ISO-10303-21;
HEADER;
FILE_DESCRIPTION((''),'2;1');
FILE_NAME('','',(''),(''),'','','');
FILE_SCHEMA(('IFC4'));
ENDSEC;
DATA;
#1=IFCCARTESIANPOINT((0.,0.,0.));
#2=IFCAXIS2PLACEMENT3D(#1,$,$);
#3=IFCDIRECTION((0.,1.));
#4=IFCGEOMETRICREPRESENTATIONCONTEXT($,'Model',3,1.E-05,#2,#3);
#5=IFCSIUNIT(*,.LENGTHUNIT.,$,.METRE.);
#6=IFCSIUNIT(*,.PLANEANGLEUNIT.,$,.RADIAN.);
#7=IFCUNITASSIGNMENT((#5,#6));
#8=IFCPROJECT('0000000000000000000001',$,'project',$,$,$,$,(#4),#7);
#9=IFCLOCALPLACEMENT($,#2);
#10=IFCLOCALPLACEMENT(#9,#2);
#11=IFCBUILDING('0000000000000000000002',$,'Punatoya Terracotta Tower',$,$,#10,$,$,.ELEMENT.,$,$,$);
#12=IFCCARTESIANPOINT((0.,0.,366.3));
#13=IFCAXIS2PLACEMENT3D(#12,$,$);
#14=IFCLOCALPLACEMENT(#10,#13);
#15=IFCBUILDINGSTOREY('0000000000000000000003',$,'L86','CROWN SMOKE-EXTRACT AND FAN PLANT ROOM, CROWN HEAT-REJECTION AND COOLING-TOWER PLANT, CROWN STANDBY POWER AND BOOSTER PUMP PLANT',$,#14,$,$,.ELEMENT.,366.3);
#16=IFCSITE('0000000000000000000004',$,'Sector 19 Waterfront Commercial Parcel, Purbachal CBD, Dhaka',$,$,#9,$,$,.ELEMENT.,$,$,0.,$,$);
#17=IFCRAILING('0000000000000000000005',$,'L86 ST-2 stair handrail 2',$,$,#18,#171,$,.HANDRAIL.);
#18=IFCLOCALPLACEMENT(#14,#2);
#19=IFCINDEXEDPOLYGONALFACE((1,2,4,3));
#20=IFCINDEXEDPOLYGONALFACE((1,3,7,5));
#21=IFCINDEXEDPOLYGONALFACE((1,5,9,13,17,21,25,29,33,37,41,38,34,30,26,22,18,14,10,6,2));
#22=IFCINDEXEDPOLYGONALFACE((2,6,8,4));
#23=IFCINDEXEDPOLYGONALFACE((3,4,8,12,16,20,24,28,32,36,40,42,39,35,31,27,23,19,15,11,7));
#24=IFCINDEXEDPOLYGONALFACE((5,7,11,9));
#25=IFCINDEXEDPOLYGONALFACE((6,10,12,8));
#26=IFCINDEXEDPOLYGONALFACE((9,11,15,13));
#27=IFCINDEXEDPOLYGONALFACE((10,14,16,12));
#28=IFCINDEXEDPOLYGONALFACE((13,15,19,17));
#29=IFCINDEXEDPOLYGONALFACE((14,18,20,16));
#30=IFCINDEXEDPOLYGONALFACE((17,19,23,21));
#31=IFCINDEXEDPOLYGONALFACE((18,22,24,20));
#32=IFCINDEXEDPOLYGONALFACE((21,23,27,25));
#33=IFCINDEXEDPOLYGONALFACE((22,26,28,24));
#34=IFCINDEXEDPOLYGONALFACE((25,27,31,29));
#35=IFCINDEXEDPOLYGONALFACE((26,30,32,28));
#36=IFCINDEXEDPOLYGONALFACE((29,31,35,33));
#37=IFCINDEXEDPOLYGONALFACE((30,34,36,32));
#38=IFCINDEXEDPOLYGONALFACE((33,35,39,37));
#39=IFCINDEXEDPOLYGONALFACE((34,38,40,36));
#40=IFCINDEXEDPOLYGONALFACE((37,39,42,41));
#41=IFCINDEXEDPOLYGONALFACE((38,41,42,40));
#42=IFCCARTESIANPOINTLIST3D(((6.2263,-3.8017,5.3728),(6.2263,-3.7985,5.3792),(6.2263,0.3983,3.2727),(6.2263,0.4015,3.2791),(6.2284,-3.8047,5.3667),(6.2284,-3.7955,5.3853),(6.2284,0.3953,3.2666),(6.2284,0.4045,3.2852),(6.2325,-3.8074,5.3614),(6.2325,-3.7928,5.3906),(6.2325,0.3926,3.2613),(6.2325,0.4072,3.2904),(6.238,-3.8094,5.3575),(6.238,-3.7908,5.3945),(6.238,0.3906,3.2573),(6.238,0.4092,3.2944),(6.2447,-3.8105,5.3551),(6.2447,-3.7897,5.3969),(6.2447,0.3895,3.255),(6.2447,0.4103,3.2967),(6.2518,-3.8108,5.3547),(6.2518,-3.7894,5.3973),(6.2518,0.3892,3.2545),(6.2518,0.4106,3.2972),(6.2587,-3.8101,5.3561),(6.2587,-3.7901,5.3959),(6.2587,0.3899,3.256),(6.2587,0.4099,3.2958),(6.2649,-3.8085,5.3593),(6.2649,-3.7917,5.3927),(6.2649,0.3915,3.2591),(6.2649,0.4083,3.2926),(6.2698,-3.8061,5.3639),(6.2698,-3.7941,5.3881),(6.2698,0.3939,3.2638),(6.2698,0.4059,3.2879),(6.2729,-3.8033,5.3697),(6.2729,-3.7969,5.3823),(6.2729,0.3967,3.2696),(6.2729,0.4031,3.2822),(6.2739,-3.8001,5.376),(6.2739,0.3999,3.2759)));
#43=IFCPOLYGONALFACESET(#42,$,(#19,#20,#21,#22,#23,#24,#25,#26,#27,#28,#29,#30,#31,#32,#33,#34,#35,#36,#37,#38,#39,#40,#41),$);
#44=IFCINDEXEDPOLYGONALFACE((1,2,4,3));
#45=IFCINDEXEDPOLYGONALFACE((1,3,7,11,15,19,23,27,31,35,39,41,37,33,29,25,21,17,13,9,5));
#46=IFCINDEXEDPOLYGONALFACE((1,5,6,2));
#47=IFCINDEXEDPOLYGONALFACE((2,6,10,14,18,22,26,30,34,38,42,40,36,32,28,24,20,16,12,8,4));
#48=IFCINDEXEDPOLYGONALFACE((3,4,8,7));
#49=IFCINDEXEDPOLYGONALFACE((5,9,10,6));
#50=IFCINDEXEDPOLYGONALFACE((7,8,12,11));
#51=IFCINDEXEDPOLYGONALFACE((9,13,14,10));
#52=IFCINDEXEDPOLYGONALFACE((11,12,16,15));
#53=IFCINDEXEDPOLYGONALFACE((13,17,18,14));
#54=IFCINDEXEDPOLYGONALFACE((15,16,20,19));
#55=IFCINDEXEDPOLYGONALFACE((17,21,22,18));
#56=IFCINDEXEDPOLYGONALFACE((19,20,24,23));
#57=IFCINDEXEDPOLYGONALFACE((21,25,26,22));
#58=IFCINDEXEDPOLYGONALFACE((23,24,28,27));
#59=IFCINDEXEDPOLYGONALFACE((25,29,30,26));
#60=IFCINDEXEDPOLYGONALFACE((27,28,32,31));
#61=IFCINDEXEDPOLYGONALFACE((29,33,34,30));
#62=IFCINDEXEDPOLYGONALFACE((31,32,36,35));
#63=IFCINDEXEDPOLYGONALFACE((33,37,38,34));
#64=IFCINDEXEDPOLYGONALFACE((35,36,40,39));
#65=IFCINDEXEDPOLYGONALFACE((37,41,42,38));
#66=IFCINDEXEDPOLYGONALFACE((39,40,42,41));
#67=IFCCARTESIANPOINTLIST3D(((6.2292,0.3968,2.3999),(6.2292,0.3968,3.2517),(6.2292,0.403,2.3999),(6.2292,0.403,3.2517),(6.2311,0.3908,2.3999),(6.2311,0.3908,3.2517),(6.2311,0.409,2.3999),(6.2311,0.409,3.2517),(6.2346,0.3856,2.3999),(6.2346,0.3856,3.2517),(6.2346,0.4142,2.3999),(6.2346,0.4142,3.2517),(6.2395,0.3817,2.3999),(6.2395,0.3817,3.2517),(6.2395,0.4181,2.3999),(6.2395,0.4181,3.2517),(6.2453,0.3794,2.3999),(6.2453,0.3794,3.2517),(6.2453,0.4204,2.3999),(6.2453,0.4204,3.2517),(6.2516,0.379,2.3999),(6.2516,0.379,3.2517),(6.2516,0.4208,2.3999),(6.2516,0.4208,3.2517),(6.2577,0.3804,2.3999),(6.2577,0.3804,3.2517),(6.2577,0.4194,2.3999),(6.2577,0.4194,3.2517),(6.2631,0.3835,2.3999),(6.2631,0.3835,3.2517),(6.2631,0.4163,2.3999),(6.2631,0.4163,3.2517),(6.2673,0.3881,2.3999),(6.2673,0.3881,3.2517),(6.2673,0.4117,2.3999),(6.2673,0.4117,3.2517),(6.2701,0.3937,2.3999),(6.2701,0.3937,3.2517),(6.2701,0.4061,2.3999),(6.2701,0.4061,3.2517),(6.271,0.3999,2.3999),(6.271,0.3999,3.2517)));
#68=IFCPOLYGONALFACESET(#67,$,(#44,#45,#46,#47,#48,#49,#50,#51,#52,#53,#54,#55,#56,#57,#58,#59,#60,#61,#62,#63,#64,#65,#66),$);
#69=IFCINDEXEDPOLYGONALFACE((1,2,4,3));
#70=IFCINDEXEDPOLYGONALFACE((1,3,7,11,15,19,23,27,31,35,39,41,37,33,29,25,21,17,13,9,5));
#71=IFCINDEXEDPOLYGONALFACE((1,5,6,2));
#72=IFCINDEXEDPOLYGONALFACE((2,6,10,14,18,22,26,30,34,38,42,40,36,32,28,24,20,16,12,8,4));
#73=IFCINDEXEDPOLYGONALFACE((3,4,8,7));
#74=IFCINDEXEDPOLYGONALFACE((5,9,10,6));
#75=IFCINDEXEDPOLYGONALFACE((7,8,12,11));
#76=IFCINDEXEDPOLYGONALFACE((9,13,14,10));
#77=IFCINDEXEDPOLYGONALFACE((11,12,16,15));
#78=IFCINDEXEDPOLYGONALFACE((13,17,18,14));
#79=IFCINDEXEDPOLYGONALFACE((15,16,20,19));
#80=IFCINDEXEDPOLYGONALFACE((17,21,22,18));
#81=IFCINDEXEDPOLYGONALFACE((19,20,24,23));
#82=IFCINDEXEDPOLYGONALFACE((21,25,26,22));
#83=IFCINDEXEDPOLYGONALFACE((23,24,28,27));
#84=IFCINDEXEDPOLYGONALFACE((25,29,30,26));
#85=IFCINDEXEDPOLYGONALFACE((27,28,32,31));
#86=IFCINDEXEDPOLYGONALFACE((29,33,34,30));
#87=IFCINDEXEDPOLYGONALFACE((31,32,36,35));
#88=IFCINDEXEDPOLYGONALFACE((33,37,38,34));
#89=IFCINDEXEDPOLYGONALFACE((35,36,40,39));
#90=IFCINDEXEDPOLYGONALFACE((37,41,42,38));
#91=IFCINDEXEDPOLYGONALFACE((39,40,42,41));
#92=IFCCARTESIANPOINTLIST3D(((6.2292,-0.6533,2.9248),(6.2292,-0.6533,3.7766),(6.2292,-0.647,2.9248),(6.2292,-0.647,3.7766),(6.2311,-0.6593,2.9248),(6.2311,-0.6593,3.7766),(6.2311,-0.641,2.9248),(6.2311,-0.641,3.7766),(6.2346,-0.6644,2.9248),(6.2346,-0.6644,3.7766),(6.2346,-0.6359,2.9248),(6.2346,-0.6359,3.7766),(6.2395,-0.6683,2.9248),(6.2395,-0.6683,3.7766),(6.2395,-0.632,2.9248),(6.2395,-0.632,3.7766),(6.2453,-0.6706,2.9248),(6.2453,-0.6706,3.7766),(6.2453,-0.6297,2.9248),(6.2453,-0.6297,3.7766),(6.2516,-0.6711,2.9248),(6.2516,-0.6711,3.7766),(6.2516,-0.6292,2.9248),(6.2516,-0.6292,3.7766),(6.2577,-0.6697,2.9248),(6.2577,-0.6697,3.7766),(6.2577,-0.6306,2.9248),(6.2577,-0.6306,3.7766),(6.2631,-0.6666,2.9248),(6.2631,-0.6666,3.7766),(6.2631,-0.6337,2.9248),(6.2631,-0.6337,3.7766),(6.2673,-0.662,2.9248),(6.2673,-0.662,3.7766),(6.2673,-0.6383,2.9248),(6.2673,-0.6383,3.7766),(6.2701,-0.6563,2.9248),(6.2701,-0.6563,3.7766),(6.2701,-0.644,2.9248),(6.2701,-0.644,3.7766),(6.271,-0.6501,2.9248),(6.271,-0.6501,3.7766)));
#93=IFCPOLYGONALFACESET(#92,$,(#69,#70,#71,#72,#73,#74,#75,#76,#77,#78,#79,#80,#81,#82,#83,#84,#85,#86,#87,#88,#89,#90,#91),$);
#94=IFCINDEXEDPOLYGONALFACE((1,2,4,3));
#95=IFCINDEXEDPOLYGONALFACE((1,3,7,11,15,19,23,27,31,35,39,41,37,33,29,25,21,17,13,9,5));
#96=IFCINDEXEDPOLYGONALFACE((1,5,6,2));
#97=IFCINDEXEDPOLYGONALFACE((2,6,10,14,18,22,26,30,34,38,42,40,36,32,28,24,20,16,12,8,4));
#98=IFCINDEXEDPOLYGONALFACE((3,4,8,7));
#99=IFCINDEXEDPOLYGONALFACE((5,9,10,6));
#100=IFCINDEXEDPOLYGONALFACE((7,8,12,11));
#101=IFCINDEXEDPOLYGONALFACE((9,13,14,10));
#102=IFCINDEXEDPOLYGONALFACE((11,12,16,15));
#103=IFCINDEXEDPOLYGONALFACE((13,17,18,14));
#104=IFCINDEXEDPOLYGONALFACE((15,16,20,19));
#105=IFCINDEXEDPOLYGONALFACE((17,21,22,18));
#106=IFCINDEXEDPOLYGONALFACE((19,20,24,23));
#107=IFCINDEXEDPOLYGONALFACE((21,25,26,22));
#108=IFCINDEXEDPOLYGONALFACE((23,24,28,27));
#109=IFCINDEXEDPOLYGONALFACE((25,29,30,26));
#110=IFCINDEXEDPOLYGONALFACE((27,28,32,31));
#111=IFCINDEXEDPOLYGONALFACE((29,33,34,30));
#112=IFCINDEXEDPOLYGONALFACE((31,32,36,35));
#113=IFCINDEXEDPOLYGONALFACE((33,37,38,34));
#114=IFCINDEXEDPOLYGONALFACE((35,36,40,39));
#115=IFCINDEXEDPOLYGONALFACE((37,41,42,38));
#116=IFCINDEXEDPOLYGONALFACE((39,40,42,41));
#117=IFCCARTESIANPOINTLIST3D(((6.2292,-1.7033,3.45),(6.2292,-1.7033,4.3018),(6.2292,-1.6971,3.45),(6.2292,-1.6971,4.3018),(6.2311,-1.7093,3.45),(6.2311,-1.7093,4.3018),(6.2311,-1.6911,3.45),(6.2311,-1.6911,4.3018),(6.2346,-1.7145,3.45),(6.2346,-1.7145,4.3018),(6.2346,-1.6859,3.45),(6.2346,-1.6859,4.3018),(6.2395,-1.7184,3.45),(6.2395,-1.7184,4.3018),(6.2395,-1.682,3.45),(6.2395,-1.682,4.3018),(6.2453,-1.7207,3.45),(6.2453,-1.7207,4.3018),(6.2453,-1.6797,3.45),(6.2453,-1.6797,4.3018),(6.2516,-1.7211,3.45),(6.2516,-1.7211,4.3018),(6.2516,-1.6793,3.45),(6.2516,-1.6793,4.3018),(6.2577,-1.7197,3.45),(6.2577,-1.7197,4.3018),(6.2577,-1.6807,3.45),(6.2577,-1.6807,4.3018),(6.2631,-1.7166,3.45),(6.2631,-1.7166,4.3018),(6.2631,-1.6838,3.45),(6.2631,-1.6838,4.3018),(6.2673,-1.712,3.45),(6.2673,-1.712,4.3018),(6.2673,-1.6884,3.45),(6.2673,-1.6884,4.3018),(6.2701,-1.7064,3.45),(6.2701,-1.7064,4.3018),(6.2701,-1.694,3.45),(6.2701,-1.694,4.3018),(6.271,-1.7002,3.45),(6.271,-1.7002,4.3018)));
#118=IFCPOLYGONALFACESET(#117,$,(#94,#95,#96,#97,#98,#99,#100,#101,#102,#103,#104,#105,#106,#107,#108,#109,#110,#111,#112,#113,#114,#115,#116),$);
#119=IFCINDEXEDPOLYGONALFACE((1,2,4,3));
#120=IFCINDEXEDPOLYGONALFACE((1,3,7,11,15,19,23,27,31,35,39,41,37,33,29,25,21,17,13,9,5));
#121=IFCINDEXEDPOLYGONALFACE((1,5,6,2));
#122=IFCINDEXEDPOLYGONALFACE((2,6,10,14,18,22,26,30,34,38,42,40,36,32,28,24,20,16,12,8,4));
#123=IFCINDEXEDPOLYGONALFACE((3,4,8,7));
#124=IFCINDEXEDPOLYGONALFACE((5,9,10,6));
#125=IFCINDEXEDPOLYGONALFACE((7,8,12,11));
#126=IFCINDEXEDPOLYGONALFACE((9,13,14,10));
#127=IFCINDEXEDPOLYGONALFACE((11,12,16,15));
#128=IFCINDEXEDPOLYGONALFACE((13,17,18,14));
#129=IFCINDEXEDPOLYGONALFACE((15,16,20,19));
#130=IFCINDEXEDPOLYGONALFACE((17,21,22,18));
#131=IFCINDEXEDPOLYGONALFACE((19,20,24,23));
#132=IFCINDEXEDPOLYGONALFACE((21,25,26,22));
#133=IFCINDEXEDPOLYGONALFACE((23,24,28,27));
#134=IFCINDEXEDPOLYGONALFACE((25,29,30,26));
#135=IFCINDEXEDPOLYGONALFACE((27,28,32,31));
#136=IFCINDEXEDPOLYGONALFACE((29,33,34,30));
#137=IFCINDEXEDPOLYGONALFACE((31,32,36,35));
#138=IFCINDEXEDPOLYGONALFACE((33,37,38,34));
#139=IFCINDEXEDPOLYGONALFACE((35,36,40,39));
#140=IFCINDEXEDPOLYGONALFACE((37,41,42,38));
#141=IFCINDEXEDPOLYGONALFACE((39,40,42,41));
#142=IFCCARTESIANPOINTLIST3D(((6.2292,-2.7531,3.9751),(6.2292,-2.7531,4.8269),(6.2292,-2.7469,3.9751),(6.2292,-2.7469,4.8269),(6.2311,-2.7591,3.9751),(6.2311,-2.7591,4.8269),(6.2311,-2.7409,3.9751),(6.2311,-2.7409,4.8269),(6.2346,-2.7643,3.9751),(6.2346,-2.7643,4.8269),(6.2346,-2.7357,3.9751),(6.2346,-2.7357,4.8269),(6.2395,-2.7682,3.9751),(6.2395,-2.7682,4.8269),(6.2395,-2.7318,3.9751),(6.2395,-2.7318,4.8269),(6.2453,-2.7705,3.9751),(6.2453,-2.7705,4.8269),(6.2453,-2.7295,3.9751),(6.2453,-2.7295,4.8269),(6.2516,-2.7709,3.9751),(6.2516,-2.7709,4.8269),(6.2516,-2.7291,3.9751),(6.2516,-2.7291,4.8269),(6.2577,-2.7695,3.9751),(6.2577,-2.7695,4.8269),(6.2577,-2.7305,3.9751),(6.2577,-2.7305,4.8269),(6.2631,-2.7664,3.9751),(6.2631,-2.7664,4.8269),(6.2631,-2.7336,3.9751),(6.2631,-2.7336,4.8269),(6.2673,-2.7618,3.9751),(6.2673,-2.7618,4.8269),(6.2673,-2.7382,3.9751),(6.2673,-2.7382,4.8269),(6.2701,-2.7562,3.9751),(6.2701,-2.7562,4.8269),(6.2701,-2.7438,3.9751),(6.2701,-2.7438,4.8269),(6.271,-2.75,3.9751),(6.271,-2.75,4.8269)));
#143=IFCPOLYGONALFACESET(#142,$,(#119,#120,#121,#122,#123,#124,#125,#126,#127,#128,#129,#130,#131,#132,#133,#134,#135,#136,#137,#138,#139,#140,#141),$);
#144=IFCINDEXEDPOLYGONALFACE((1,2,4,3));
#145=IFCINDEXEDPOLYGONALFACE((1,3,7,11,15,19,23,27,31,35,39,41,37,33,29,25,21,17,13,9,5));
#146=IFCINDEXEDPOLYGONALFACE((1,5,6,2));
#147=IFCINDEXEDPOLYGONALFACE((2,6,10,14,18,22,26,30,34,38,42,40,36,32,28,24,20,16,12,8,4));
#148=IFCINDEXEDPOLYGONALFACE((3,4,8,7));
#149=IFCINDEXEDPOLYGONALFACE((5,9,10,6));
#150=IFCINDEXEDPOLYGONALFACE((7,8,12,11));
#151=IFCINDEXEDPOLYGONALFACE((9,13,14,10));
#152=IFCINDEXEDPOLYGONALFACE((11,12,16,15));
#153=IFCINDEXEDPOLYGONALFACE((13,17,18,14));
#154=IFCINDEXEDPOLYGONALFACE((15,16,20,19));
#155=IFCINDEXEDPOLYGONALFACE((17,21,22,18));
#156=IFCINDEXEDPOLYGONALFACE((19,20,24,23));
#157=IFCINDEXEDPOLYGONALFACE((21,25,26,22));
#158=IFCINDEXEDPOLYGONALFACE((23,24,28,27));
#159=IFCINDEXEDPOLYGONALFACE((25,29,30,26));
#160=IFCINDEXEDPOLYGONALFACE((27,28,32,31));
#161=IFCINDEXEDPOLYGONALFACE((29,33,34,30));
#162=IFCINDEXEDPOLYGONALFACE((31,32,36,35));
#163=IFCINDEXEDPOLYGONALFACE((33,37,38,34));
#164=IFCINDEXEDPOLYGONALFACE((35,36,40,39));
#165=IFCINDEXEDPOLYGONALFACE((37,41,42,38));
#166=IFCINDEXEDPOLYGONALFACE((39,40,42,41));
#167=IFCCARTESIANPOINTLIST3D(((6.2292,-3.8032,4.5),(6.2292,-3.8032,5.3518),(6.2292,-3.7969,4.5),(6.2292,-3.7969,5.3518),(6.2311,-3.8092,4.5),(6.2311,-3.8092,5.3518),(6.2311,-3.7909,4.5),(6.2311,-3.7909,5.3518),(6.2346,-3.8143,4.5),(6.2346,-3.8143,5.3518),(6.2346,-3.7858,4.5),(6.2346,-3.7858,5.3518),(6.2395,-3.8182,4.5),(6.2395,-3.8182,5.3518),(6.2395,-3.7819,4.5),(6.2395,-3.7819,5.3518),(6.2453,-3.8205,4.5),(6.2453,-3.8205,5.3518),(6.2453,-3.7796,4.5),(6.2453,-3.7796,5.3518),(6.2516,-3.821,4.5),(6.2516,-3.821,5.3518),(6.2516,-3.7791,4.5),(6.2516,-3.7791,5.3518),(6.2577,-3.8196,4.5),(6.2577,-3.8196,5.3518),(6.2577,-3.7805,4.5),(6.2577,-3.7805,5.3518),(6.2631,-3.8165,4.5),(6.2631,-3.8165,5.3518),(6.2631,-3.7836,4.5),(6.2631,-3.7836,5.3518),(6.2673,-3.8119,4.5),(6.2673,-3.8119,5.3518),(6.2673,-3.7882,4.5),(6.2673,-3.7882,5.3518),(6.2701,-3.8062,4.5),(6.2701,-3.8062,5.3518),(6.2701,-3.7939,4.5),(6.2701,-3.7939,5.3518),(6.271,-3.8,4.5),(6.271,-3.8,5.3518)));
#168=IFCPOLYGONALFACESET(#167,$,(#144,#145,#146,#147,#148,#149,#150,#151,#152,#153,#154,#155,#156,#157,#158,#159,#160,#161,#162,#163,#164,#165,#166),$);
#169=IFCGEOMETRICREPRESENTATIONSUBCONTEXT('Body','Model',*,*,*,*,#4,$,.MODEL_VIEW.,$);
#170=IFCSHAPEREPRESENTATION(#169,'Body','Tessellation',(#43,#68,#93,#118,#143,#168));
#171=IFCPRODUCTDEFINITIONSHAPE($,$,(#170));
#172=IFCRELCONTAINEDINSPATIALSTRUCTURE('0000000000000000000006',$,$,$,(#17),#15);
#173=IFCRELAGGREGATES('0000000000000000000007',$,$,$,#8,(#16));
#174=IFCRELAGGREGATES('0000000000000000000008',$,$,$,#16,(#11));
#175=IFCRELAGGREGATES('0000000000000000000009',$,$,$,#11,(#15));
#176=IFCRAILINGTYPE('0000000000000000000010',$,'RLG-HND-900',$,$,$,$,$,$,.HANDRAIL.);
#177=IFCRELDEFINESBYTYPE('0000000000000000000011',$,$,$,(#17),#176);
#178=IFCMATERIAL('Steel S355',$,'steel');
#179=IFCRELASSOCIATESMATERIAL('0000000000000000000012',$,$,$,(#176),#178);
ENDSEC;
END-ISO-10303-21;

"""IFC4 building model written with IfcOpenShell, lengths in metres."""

from ifc_helpers import new_model, si_unit, direction, frame, origin, origin_2d, place, context, subcontext, project, spatial, circle, extrude, material, type_object, element, save


model = new_model("IFC4")

# Units and contexts
model_context = context("Model", 3, precision=1e-05, world=origin(), true_north=direction((0.0, 1.0)))
body_context = subcontext(model_context, "Body", "Model", "MODEL_VIEW")
ifc_project = project(units=[si_unit("LENGTHUNIT", "METRE"), si_unit("PLANEANGLEUNIT", "RADIAN")], contexts=[model_context])

# Site, building, storey
site_placement = place(None, origin())
site = spatial("IfcSite", under=ifc_project, at=site_placement, Name="Sector 19 Waterfront Commercial Parcel, Purbachal CBD, Dhaka", CompositionType="ELEMENT", RefElevation=0.0)
building_placement = place(site_placement, origin())
building = spatial("IfcBuilding", under=site, at=building_placement, Name="Punatoya Terracotta Tower", CompositionType="ELEMENT")
storey_placement = place(building_placement, frame((0.0, 0.0, 366.3)))
storey = spatial("IfcBuildingStorey", under=building, at=storey_placement, Name="L86", Description="CROWN SMOKE-EXTRACT AND FAN PLANT ROOM, CROWN HEAT-REJECTION AND COOLING-TOWER PLANT, CROWN STANDBY POWER AND BOOSTER PUMP PLANT", CompositionType="ELEMENT", Elevation=366.3)

# Shared definitions
ifc_material_1 = material(Name="Steel S355", Category="steel")

# Railing
railing_type_1 = type_object("IfcRailingType", Name="RLG-HND-900", PredefinedType="HANDRAIL", material=ifc_material_1)
railing_1_placement = place(storey_placement, frame((6.25, 0.3999, 2.3999)))
element("IfcRailing", 1, at=railing_1_placement, inside=storey, type_object=railing_type_1, Name="L86 ST-2 stair handrail 2", PredefinedType="HANDRAIL", context=body_context, shape_type="SweptSolid", body=[
    extrude(circle(Radius=0.0239, at=origin_2d()), frame((0.0, 0.0, 0.876), z_axis=(0.0, -0.894417, 0.447234), x_axis=(1.0, 0.0, 0.0)), (0.0, 0.0, 1.0), 4.6958),
    extrude(circle(Radius=0.021, at=origin_2d()), origin(), (0.0, 0.0, 1.0), 0.8518),
    extrude(circle(Radius=0.021, at=origin_2d()), frame((0.0, -1.05, 0.5249)), (0.0, 0.0, 1.0), 0.8518),
    extrude(circle(Radius=0.021, at=origin_2d()), frame((0.0, -2.1001, 1.05)), (0.0, 0.0, 1.0), 0.8518),
    extrude(circle(Radius=0.021, at=origin_2d()), frame((0.0, -3.1499, 1.5752)), (0.0, 0.0, 1.0), 0.8518),
    extrude(circle(Radius=0.021, at=origin_2d()), frame((0.0, -4.2, 2.1001)), (0.0, 0.0, 1.0), 0.8518),
])

save(model, "model.ifc")
